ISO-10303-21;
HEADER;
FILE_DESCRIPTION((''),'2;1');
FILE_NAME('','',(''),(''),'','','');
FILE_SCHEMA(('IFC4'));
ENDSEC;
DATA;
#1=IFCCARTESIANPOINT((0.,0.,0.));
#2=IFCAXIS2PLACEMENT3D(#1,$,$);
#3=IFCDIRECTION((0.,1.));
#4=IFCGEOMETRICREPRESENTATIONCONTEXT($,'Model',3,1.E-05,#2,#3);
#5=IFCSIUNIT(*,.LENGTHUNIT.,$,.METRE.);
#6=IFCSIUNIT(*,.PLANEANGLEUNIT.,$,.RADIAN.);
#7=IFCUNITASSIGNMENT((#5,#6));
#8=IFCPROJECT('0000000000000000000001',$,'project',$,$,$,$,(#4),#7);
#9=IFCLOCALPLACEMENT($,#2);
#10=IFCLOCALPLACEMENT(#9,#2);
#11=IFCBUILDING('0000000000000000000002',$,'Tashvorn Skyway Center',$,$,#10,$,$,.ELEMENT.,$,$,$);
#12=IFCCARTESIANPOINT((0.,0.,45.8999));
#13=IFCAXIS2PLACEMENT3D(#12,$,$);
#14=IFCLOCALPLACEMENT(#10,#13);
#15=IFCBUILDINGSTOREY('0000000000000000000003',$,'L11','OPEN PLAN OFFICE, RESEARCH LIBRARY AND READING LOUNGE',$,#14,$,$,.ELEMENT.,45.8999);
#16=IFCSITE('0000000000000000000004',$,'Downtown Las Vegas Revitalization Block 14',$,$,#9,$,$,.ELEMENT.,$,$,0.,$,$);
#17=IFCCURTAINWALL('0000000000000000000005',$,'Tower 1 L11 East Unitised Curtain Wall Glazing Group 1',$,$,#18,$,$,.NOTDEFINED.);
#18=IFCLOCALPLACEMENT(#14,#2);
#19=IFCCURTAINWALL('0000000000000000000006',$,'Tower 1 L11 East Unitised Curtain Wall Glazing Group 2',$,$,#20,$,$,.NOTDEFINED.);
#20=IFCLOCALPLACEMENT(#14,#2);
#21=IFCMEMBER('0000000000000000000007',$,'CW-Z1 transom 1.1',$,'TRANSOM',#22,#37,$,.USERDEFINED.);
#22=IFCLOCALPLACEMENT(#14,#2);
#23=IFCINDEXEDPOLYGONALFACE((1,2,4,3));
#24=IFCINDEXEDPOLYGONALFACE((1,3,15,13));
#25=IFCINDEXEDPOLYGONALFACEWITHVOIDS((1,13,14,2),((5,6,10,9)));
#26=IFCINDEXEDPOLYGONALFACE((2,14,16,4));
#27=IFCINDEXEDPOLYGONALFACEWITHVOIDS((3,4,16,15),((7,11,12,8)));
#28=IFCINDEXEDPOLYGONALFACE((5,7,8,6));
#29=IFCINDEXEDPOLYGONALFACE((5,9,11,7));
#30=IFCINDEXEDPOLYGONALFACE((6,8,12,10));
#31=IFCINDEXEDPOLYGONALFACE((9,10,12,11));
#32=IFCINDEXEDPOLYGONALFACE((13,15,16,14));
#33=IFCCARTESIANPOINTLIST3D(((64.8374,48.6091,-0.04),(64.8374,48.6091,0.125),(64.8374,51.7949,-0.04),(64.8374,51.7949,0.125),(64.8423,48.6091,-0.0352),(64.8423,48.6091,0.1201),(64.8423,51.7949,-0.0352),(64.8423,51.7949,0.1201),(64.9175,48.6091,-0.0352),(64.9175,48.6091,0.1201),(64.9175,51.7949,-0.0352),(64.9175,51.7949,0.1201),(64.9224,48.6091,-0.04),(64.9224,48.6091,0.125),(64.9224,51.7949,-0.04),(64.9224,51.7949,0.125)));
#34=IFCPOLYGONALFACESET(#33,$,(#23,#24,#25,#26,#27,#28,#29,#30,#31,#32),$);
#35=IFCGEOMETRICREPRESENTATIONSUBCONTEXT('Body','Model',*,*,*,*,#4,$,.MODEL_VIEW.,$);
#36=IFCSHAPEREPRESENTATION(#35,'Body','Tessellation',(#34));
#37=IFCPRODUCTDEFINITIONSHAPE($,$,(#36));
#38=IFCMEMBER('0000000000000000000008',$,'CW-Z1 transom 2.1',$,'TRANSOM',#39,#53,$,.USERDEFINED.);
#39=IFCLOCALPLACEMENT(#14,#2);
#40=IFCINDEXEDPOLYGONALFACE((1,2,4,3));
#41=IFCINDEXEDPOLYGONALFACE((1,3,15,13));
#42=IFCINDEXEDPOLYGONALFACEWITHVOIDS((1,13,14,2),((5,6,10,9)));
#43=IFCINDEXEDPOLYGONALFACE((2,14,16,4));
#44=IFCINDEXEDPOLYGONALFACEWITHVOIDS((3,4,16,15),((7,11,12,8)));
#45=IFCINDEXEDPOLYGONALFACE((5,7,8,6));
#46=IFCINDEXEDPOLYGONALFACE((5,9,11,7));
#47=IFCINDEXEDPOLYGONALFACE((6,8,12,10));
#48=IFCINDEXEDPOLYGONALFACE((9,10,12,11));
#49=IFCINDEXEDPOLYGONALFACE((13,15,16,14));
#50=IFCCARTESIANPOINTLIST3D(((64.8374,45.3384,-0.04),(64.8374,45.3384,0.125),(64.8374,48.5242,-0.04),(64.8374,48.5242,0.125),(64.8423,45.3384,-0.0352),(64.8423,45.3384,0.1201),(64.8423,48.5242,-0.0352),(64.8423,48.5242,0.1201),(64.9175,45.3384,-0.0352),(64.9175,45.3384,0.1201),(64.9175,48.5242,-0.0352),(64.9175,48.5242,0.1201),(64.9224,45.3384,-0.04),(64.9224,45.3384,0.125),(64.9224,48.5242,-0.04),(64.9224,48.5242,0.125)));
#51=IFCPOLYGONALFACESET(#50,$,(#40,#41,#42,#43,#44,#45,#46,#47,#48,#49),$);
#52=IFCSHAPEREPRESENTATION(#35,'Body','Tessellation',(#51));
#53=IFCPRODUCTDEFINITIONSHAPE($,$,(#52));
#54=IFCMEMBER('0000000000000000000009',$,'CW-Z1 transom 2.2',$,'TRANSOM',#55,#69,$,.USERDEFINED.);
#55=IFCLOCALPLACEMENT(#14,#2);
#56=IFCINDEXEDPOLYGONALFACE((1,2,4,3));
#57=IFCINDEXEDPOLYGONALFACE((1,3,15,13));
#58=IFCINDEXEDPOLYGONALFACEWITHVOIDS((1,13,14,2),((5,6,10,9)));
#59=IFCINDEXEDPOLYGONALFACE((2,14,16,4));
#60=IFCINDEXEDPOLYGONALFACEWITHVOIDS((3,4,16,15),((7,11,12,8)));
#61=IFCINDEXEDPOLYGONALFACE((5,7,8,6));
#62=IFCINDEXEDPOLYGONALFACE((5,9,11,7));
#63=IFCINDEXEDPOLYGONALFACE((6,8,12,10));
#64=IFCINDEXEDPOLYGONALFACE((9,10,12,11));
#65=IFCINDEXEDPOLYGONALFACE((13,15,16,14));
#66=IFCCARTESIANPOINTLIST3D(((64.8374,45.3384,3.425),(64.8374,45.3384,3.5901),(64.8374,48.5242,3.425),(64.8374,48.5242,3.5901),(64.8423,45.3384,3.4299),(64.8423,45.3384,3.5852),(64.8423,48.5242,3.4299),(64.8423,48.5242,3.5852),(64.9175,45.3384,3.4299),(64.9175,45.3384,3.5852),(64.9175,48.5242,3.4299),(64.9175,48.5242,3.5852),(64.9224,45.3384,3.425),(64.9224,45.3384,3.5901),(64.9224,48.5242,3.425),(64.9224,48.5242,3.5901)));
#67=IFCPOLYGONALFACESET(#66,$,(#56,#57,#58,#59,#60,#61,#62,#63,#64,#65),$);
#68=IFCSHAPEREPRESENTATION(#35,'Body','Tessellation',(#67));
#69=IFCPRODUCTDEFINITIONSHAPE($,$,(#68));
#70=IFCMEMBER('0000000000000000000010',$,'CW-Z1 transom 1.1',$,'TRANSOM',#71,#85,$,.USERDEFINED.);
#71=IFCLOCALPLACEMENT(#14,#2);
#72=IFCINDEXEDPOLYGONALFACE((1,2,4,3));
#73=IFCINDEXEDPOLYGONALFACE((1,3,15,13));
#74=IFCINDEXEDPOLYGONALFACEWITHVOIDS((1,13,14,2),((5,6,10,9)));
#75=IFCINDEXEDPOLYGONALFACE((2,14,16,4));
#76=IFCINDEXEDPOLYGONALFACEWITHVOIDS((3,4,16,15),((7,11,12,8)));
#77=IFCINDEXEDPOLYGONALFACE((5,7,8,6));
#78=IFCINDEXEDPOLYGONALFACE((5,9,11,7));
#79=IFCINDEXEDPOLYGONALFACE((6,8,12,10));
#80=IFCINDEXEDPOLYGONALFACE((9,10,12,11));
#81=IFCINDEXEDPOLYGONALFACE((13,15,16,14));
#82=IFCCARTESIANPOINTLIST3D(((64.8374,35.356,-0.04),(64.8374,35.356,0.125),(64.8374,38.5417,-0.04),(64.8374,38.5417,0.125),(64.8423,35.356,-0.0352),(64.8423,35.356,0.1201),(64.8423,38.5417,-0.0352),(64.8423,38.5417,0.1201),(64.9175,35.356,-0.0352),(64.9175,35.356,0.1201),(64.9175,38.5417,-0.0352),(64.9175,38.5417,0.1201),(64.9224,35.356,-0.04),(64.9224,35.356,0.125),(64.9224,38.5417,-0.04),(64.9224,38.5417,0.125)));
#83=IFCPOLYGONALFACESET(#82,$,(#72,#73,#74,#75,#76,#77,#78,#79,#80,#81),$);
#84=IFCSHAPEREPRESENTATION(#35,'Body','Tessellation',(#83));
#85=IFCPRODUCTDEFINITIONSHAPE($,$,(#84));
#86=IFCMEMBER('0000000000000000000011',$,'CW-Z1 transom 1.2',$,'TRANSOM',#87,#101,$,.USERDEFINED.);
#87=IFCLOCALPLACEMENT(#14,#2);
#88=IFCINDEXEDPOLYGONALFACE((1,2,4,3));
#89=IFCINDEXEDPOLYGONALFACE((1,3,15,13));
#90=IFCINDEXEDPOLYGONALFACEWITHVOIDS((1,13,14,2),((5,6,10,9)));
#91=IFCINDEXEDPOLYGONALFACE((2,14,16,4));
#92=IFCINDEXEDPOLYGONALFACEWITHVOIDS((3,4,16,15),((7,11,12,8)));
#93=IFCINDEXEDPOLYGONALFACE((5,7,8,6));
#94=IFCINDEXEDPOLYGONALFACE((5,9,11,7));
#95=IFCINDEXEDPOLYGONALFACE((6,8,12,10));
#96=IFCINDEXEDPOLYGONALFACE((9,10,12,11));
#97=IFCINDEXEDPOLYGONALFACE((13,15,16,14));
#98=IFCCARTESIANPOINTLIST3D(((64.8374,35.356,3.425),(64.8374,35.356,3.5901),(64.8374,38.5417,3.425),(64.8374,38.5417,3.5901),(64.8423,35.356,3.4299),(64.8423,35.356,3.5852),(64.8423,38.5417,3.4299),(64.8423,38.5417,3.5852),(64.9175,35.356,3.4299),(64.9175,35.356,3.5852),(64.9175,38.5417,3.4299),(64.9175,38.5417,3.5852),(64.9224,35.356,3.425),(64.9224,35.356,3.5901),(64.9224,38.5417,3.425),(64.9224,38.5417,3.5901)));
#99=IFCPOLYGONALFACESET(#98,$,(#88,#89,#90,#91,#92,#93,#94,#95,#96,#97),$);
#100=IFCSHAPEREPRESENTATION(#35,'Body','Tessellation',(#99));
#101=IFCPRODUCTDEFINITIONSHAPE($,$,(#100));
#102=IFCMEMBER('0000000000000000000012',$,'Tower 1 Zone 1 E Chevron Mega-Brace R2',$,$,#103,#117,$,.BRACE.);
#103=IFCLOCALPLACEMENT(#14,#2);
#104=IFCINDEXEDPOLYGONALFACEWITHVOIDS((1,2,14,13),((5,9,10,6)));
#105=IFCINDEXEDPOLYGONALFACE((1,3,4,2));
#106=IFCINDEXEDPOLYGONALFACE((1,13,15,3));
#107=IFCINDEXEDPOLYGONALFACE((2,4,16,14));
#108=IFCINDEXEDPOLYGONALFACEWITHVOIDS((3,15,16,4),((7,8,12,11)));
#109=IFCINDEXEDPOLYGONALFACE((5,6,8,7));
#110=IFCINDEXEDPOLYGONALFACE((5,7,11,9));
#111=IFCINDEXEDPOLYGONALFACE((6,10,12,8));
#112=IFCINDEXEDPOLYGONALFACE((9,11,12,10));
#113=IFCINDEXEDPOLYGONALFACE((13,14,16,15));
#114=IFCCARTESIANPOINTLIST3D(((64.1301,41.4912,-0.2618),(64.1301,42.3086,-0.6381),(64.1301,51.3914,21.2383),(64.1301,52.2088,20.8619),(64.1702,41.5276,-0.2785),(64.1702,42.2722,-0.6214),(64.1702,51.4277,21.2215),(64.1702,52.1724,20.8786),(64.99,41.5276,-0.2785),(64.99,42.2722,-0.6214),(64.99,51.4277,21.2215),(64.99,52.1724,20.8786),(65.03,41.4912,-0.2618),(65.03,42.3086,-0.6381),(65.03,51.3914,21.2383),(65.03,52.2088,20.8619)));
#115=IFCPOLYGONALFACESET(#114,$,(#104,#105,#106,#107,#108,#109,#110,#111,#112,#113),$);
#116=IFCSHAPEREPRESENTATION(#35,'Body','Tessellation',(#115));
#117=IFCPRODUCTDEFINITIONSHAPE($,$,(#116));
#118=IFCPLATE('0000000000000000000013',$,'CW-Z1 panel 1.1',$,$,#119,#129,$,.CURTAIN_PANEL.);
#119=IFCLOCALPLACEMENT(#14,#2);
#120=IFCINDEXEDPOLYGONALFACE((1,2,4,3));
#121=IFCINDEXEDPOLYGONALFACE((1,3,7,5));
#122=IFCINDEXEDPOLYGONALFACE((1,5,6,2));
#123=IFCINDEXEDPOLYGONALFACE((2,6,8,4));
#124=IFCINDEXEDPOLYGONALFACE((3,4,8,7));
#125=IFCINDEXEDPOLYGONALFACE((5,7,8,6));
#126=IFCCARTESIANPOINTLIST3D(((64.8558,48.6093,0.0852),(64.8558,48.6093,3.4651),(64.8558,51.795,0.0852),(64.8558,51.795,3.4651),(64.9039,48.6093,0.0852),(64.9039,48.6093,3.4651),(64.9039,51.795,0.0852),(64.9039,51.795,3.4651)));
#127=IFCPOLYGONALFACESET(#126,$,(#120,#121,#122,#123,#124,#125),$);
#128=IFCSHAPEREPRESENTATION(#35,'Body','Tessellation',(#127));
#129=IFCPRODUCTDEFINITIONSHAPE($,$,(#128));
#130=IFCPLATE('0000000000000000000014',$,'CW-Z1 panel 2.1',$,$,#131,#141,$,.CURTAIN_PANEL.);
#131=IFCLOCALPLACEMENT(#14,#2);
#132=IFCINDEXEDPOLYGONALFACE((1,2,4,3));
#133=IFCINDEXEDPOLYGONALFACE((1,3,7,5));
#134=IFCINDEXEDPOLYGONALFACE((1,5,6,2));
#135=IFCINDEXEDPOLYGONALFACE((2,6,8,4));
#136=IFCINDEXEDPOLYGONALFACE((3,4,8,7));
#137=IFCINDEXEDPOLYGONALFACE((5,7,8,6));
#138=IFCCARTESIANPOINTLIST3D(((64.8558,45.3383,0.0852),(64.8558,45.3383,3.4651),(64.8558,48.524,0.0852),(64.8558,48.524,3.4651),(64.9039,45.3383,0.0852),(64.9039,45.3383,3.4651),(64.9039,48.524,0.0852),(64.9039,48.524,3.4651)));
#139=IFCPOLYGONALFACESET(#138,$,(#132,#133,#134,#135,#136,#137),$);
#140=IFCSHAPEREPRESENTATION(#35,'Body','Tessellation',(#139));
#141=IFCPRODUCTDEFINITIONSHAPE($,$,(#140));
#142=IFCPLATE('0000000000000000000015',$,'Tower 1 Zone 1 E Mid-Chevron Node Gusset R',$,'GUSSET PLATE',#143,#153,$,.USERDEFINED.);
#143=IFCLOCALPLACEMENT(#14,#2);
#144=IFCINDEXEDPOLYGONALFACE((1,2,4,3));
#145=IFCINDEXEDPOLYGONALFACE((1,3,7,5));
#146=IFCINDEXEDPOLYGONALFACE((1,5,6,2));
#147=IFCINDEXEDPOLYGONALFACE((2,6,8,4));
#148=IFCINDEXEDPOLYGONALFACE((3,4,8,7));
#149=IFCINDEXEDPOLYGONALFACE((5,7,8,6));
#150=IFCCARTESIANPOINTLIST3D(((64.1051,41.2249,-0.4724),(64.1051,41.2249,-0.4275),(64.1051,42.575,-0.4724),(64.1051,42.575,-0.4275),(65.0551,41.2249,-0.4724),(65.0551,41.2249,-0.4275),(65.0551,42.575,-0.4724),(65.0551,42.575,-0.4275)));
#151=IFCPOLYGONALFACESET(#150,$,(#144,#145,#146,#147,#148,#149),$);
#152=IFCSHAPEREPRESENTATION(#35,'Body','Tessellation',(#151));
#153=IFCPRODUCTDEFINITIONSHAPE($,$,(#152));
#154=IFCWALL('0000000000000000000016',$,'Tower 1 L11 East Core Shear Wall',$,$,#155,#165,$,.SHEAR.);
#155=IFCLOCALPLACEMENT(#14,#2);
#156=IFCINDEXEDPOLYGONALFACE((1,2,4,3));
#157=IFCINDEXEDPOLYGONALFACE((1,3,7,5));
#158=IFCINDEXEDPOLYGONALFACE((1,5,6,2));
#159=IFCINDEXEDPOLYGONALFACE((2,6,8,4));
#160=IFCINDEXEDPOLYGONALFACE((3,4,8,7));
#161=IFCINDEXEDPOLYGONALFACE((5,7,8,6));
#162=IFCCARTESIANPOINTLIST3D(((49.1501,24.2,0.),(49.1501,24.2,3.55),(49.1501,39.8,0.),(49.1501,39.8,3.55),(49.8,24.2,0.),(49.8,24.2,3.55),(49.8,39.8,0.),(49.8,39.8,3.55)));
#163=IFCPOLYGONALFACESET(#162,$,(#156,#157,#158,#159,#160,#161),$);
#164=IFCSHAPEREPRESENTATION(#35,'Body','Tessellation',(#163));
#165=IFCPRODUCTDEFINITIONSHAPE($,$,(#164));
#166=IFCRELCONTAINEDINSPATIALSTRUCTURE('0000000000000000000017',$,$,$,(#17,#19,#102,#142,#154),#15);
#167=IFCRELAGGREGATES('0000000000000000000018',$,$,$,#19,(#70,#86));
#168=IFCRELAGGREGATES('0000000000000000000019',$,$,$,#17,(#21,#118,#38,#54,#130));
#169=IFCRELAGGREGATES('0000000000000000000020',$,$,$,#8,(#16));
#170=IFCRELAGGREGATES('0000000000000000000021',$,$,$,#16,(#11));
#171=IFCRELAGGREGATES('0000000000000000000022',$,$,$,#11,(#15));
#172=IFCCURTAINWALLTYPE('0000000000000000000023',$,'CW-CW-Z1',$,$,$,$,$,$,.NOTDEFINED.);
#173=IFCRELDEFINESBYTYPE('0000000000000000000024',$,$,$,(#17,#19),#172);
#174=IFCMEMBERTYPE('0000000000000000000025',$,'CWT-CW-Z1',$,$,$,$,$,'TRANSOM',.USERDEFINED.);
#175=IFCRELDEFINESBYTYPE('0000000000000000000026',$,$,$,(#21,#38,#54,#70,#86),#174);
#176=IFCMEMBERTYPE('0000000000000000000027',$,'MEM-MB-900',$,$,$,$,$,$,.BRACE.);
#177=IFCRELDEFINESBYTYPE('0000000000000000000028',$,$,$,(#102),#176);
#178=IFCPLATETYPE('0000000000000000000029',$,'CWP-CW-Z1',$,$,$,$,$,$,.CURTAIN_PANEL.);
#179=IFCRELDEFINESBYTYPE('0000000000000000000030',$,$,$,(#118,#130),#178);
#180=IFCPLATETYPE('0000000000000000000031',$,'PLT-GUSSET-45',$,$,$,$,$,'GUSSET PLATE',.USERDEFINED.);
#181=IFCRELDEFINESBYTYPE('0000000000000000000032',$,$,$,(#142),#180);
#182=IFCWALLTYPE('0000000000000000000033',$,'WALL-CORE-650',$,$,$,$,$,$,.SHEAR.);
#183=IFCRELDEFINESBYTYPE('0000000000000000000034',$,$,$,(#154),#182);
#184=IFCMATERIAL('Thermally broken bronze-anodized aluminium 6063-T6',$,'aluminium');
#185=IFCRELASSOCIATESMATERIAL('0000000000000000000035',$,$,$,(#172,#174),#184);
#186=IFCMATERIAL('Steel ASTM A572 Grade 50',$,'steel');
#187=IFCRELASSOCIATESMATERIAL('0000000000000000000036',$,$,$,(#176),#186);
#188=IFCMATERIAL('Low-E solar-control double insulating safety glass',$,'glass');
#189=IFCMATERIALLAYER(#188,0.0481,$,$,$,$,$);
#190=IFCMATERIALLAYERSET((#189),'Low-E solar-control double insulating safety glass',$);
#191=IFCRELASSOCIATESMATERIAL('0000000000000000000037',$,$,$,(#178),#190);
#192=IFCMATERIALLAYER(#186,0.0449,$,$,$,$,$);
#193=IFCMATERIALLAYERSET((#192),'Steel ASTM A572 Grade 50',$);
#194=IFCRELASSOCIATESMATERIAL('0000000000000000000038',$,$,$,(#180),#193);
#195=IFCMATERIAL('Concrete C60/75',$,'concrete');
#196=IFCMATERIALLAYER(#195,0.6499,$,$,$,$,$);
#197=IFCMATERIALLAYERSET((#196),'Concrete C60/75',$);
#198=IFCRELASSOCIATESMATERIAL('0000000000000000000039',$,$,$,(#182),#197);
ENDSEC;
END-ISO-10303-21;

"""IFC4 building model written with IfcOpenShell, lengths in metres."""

from ifc_helpers import new_model, si_unit, direction, frame, frame_2d, origin, origin_2d, place, context, subcontext, project, spatial, rectangle, hollow_rectangle, extrude, material, layer, layer_set, material_profile, profile_set, type_object, element, aggregate, save


model = new_model("IFC4")

# Units and contexts
model_context = context("Model", 3, precision=1e-05, world=origin(), true_north=direction((0.0, 1.0)))
body_context = subcontext(model_context, "Body", "Model", "MODEL_VIEW")
ifc_project = project(units=[si_unit("LENGTHUNIT", "METRE"), si_unit("PLANEANGLEUNIT", "RADIAN")], contexts=[model_context])

# Site, building, storey
site_placement = place(None, origin())
site = spatial("IfcSite", under=ifc_project, at=site_placement, Name="Downtown Las Vegas Revitalization Block 14", CompositionType="ELEMENT", RefElevation=0.0)
building_placement = place(site_placement, origin())
building = spatial("IfcBuilding", under=site, at=building_placement, Name="Tashvorn Skyway Center", CompositionType="ELEMENT")
storey_placement = place(building_placement, frame((0.0, 0.0, 45.8999)))
storey = spatial("IfcBuildingStorey", under=building, at=storey_placement, Name="L11", Description="OPEN PLAN OFFICE, RESEARCH LIBRARY AND READING LOUNGE", CompositionType="ELEMENT", Elevation=45.8999)

# Shared definitions
ifc_material_1 = material(Name="Steel ASTM A572 Grade 50", Category="steel")

# Curtain walls
ifc_material_2 = material(Name="Thermally broken bronze-anodized aluminium 6063-T6", Category="aluminium")
curtain_wall_type = type_object("IfcCurtainWallType", Name="CW-CW-Z1", PredefinedType="NOTDEFINED", material=ifc_material_2)
curtain_wall_1_placement = place(storey_placement, origin())
curtain_wall_1 = element("IfcCurtainWall", 1, at=curtain_wall_1_placement, inside=storey, type_object=curtain_wall_type, Name="Tower 1 L11 East Unitised Curtain Wall Glazing Group 1", PredefinedType="NOTDEFINED")
curtain_wall_2_placement = place(storey_placement, origin())
curtain_wall_2 = element("IfcCurtainWall", 2, at=curtain_wall_2_placement, inside=storey, type_object=curtain_wall_type, Name="Tower 1 L11 East Unitised Curtain Wall Glazing Group 2", PredefinedType="NOTDEFINED")

# Members
ifc_material_profile_1 = material_profile(ifc_material_2, hollow_rectangle(XDim=0.085, YDim=0.165, WallThickness=0.0049, at=origin_2d()), Name="ALU-TRAN-85x165")
ifc_profile_set_1 = profile_set([ifc_material_profile_1], Name="Thermally broken bronze-anodized aluminium 6063-T6")
member_type_1 = type_object("IfcMemberType", Name="CWT-CW-Z1", ElementType="TRANSOM", PredefinedType="USERDEFINED", material=ifc_profile_set_1)
member_1_placement = place(storey_placement, frame((64.8799, 51.7949, 0.0425), z_axis=(0.0, -1.0, 0.0), x_axis=(1.0, 0.0, 0.0)))
member_1 = element("IfcMember", 3, at=member_1_placement, type_object=member_type_1, Name="CW-Z1 transom 1.1", ObjectType="TRANSOM", PredefinedType="USERDEFINED", context=body_context, shape_type="SweptSolid", body=[
    extrude(hollow_rectangle(XDim=0.085, YDim=0.165, WallThickness=0.0049, at=origin_2d()), origin(), (0.0, 0.0, 1.0), 3.1858),
])
member_2_placement = place(storey_placement, frame((64.8799, 48.5242, 0.0425), z_axis=(0.0, -1.0, 0.0), x_axis=(1.0, 0.0, 0.0)))
member_2 = element("IfcMember", 4, at=member_2_placement, type_object=member_type_1, Name="CW-Z1 transom 2.1", ObjectType="TRANSOM", PredefinedType="USERDEFINED", context=body_context, shape_type="SweptSolid", body=[
    extrude(hollow_rectangle(XDim=0.085, YDim=0.165, WallThickness=0.0049, at=origin_2d()), origin(), (0.0, 0.0, 1.0), 3.1858),
])
member_3_placement = place(storey_placement, frame((64.8799, 48.5242, 3.5076), z_axis=(0.0, -1.0, 0.0), x_axis=(1.0, 0.0, 0.0)))
member_3 = element("IfcMember", 5, at=member_3_placement, type_object=member_type_1, Name="CW-Z1 transom 2.2", ObjectType="TRANSOM", PredefinedType="USERDEFINED", context=body_context, shape_type="SweptSolid", body=[
    extrude(hollow_rectangle(XDim=0.085, YDim=0.165, WallThickness=0.0049, at=origin_2d()), origin(), (0.0, 0.0, 1.0), 3.1858),
])
member_4_placement = place(storey_placement, frame((64.8799, 38.5417, 0.0425), z_axis=(0.0, -1.0, 0.0), x_axis=(1.0, 0.0, 0.0)))
member_4 = element("IfcMember", 6, at=member_4_placement, type_object=member_type_1, Name="CW-Z1 transom 1.1", ObjectType="TRANSOM", PredefinedType="USERDEFINED", context=body_context, shape_type="SweptSolid", body=[
    extrude(hollow_rectangle(XDim=0.085, YDim=0.165, WallThickness=0.0049, at=origin_2d()), origin(), (0.0, 0.0, 1.0), 3.1858),
])
member_5_placement = place(storey_placement, frame((64.8799, 38.5417, 3.5076), z_axis=(0.0, -1.0, 0.0), x_axis=(1.0, 0.0, 0.0)))
member_5 = element("IfcMember", 7, at=member_5_placement, type_object=member_type_1, Name="CW-Z1 transom 1.2", ObjectType="TRANSOM", PredefinedType="USERDEFINED", context=body_context, shape_type="SweptSolid", body=[
    extrude(hollow_rectangle(XDim=0.085, YDim=0.165, WallThickness=0.0049, at=origin_2d()), origin(), (0.0, 0.0, 1.0), 3.1858),
])
aggregate(curtain_wall_2, [member_4, member_5])
ifc_material_profile_2 = material_profile(ifc_material_1, hollow_rectangle(XDim=0.8999, YDim=0.8999, WallThickness=0.04, at=origin_2d()), Name="BOX900x900x40")
ifc_profile_set_2 = profile_set([ifc_material_profile_2], Name="Steel ASTM A572 Grade 50")
member_type_2 = type_object("IfcMemberType", Name="MEM-MB-900", PredefinedType="BRACE", material=ifc_profile_set_2)
member_6_placement = place(storey_placement, frame((64.5801, 41.8999, -0.45), z_axis=(0.0, 0.418259, 0.908328), x_axis=(-1.0, 0.0, 0.0)))
element("IfcMember", 8, at=member_6_placement, inside=storey, type_object=member_type_2, Name="Tower 1 Zone 1 E Chevron Mega-Brace R2", PredefinedType="BRACE", context=body_context, shape_type="SweptSolid", body=[
    extrude(hollow_rectangle(XDim=0.8999, YDim=0.8999, WallThickness=0.04, at=origin_2d()), origin(), (0.0, 0.0, 1.0), 23.6699),
])

# Plates
ifc_material_3 = material(Name="Low-E solar-control double insulating safety glass", Category="glass")
ifc_layer_1 = layer(ifc_material_3, 0.0481)
ifc_layer_set_1 = layer_set([ifc_layer_1], Name="Low-E solar-control double insulating safety glass")
plate_type_1 = type_object("IfcPlateType", Name="CWP-CW-Z1", PredefinedType="CURTAIN_PANEL", material=ifc_layer_set_1)
plate_1_placement = place(storey_placement, frame((64.8799, 50.2021, 0.0852), z_axis=(0.0, 0.0, 1.0), x_axis=(0.0, -1.0, 0.0)))
plate_1 = element("IfcPlate", 9, at=plate_1_placement, type_object=plate_type_1, Name="CW-Z1 panel 1.1", PredefinedType="CURTAIN_PANEL", context=body_context, shape_type="SweptSolid", body=[
    extrude(rectangle(XDim=3.1858, YDim=0.0481, at=origin_2d()), origin(), (0.0, 0.0, 1.0), 3.3799),
])
plate_2_placement = place(storey_placement, frame((64.8799, 46.9312, 0.0852), z_axis=(0.0, 0.0, 1.0), x_axis=(0.0, -1.0, 0.0)))
plate_2 = element("IfcPlate", 10, at=plate_2_placement, type_object=plate_type_1, Name="CW-Z1 panel 2.1", PredefinedType="CURTAIN_PANEL", context=body_context, shape_type="SweptSolid", body=[
    extrude(rectangle(XDim=3.1858, YDim=0.0481, at=origin_2d()), origin(), (0.0, 0.0, 1.0), 3.3799),
])
aggregate(curtain_wall_1, [member_1, plate_1, member_2, member_3, plate_2])
ifc_layer_2 = layer(ifc_material_1, 0.0449)
ifc_layer_set_2 = layer_set([ifc_layer_2], Name="Steel ASTM A572 Grade 50")
plate_type_2 = type_object("IfcPlateType", Name="PLT-GUSSET-45", ElementType="GUSSET PLATE", PredefinedType="USERDEFINED", material=ifc_layer_set_2)
plate_3_placement = place(storey_placement, frame((64.5801, 41.8999, -0.4724), z_axis=(0.0, 0.0, 1.0), x_axis=(0.0, 1.0, 0.0)))
element("IfcPlate", 11, at=plate_3_placement, inside=storey, type_object=plate_type_2, Name="Tower 1 Zone 1 E Mid-Chevron Node Gusset R", ObjectType="GUSSET PLATE", PredefinedType="USERDEFINED", context=body_context, shape_type="SweptSolid", body=[
    extrude(rectangle(XDim=1.3501, YDim=0.95, at=origin_2d()), origin(), (0.0, 0.0, 1.0), 0.0449),
])

# Wall
ifc_material_4 = material(Name="Concrete C60/75", Category="concrete")
ifc_layer_3 = layer(ifc_material_4, 0.6499)
ifc_layer_set_3 = layer_set([ifc_layer_3], Name="Concrete C60/75")
wall_type_1 = type_object("IfcWallType", Name="WALL-CORE-650", PredefinedType="SHEAR", material=ifc_layer_set_3)
wall_1_placement = place(storey_placement, frame((49.4751, 39.8, 0.0), z_axis=(0.0, 0.0, 1.0), x_axis=(0.0, -1.0, 0.0)))
element("IfcWall", 12, at=wall_1_placement, inside=storey, type_object=wall_type_1, Name="Tower 1 L11 East Core Shear Wall", PredefinedType="SHEAR", context=body_context, shape_type="SweptSolid", body=[
    extrude(rectangle(XDim=15.6001, YDim=0.6499, at=frame_2d((7.8, 0.0))), origin(), (0.0, 0.0, 1.0), 3.55),
])

save(model, "model.ifc")
